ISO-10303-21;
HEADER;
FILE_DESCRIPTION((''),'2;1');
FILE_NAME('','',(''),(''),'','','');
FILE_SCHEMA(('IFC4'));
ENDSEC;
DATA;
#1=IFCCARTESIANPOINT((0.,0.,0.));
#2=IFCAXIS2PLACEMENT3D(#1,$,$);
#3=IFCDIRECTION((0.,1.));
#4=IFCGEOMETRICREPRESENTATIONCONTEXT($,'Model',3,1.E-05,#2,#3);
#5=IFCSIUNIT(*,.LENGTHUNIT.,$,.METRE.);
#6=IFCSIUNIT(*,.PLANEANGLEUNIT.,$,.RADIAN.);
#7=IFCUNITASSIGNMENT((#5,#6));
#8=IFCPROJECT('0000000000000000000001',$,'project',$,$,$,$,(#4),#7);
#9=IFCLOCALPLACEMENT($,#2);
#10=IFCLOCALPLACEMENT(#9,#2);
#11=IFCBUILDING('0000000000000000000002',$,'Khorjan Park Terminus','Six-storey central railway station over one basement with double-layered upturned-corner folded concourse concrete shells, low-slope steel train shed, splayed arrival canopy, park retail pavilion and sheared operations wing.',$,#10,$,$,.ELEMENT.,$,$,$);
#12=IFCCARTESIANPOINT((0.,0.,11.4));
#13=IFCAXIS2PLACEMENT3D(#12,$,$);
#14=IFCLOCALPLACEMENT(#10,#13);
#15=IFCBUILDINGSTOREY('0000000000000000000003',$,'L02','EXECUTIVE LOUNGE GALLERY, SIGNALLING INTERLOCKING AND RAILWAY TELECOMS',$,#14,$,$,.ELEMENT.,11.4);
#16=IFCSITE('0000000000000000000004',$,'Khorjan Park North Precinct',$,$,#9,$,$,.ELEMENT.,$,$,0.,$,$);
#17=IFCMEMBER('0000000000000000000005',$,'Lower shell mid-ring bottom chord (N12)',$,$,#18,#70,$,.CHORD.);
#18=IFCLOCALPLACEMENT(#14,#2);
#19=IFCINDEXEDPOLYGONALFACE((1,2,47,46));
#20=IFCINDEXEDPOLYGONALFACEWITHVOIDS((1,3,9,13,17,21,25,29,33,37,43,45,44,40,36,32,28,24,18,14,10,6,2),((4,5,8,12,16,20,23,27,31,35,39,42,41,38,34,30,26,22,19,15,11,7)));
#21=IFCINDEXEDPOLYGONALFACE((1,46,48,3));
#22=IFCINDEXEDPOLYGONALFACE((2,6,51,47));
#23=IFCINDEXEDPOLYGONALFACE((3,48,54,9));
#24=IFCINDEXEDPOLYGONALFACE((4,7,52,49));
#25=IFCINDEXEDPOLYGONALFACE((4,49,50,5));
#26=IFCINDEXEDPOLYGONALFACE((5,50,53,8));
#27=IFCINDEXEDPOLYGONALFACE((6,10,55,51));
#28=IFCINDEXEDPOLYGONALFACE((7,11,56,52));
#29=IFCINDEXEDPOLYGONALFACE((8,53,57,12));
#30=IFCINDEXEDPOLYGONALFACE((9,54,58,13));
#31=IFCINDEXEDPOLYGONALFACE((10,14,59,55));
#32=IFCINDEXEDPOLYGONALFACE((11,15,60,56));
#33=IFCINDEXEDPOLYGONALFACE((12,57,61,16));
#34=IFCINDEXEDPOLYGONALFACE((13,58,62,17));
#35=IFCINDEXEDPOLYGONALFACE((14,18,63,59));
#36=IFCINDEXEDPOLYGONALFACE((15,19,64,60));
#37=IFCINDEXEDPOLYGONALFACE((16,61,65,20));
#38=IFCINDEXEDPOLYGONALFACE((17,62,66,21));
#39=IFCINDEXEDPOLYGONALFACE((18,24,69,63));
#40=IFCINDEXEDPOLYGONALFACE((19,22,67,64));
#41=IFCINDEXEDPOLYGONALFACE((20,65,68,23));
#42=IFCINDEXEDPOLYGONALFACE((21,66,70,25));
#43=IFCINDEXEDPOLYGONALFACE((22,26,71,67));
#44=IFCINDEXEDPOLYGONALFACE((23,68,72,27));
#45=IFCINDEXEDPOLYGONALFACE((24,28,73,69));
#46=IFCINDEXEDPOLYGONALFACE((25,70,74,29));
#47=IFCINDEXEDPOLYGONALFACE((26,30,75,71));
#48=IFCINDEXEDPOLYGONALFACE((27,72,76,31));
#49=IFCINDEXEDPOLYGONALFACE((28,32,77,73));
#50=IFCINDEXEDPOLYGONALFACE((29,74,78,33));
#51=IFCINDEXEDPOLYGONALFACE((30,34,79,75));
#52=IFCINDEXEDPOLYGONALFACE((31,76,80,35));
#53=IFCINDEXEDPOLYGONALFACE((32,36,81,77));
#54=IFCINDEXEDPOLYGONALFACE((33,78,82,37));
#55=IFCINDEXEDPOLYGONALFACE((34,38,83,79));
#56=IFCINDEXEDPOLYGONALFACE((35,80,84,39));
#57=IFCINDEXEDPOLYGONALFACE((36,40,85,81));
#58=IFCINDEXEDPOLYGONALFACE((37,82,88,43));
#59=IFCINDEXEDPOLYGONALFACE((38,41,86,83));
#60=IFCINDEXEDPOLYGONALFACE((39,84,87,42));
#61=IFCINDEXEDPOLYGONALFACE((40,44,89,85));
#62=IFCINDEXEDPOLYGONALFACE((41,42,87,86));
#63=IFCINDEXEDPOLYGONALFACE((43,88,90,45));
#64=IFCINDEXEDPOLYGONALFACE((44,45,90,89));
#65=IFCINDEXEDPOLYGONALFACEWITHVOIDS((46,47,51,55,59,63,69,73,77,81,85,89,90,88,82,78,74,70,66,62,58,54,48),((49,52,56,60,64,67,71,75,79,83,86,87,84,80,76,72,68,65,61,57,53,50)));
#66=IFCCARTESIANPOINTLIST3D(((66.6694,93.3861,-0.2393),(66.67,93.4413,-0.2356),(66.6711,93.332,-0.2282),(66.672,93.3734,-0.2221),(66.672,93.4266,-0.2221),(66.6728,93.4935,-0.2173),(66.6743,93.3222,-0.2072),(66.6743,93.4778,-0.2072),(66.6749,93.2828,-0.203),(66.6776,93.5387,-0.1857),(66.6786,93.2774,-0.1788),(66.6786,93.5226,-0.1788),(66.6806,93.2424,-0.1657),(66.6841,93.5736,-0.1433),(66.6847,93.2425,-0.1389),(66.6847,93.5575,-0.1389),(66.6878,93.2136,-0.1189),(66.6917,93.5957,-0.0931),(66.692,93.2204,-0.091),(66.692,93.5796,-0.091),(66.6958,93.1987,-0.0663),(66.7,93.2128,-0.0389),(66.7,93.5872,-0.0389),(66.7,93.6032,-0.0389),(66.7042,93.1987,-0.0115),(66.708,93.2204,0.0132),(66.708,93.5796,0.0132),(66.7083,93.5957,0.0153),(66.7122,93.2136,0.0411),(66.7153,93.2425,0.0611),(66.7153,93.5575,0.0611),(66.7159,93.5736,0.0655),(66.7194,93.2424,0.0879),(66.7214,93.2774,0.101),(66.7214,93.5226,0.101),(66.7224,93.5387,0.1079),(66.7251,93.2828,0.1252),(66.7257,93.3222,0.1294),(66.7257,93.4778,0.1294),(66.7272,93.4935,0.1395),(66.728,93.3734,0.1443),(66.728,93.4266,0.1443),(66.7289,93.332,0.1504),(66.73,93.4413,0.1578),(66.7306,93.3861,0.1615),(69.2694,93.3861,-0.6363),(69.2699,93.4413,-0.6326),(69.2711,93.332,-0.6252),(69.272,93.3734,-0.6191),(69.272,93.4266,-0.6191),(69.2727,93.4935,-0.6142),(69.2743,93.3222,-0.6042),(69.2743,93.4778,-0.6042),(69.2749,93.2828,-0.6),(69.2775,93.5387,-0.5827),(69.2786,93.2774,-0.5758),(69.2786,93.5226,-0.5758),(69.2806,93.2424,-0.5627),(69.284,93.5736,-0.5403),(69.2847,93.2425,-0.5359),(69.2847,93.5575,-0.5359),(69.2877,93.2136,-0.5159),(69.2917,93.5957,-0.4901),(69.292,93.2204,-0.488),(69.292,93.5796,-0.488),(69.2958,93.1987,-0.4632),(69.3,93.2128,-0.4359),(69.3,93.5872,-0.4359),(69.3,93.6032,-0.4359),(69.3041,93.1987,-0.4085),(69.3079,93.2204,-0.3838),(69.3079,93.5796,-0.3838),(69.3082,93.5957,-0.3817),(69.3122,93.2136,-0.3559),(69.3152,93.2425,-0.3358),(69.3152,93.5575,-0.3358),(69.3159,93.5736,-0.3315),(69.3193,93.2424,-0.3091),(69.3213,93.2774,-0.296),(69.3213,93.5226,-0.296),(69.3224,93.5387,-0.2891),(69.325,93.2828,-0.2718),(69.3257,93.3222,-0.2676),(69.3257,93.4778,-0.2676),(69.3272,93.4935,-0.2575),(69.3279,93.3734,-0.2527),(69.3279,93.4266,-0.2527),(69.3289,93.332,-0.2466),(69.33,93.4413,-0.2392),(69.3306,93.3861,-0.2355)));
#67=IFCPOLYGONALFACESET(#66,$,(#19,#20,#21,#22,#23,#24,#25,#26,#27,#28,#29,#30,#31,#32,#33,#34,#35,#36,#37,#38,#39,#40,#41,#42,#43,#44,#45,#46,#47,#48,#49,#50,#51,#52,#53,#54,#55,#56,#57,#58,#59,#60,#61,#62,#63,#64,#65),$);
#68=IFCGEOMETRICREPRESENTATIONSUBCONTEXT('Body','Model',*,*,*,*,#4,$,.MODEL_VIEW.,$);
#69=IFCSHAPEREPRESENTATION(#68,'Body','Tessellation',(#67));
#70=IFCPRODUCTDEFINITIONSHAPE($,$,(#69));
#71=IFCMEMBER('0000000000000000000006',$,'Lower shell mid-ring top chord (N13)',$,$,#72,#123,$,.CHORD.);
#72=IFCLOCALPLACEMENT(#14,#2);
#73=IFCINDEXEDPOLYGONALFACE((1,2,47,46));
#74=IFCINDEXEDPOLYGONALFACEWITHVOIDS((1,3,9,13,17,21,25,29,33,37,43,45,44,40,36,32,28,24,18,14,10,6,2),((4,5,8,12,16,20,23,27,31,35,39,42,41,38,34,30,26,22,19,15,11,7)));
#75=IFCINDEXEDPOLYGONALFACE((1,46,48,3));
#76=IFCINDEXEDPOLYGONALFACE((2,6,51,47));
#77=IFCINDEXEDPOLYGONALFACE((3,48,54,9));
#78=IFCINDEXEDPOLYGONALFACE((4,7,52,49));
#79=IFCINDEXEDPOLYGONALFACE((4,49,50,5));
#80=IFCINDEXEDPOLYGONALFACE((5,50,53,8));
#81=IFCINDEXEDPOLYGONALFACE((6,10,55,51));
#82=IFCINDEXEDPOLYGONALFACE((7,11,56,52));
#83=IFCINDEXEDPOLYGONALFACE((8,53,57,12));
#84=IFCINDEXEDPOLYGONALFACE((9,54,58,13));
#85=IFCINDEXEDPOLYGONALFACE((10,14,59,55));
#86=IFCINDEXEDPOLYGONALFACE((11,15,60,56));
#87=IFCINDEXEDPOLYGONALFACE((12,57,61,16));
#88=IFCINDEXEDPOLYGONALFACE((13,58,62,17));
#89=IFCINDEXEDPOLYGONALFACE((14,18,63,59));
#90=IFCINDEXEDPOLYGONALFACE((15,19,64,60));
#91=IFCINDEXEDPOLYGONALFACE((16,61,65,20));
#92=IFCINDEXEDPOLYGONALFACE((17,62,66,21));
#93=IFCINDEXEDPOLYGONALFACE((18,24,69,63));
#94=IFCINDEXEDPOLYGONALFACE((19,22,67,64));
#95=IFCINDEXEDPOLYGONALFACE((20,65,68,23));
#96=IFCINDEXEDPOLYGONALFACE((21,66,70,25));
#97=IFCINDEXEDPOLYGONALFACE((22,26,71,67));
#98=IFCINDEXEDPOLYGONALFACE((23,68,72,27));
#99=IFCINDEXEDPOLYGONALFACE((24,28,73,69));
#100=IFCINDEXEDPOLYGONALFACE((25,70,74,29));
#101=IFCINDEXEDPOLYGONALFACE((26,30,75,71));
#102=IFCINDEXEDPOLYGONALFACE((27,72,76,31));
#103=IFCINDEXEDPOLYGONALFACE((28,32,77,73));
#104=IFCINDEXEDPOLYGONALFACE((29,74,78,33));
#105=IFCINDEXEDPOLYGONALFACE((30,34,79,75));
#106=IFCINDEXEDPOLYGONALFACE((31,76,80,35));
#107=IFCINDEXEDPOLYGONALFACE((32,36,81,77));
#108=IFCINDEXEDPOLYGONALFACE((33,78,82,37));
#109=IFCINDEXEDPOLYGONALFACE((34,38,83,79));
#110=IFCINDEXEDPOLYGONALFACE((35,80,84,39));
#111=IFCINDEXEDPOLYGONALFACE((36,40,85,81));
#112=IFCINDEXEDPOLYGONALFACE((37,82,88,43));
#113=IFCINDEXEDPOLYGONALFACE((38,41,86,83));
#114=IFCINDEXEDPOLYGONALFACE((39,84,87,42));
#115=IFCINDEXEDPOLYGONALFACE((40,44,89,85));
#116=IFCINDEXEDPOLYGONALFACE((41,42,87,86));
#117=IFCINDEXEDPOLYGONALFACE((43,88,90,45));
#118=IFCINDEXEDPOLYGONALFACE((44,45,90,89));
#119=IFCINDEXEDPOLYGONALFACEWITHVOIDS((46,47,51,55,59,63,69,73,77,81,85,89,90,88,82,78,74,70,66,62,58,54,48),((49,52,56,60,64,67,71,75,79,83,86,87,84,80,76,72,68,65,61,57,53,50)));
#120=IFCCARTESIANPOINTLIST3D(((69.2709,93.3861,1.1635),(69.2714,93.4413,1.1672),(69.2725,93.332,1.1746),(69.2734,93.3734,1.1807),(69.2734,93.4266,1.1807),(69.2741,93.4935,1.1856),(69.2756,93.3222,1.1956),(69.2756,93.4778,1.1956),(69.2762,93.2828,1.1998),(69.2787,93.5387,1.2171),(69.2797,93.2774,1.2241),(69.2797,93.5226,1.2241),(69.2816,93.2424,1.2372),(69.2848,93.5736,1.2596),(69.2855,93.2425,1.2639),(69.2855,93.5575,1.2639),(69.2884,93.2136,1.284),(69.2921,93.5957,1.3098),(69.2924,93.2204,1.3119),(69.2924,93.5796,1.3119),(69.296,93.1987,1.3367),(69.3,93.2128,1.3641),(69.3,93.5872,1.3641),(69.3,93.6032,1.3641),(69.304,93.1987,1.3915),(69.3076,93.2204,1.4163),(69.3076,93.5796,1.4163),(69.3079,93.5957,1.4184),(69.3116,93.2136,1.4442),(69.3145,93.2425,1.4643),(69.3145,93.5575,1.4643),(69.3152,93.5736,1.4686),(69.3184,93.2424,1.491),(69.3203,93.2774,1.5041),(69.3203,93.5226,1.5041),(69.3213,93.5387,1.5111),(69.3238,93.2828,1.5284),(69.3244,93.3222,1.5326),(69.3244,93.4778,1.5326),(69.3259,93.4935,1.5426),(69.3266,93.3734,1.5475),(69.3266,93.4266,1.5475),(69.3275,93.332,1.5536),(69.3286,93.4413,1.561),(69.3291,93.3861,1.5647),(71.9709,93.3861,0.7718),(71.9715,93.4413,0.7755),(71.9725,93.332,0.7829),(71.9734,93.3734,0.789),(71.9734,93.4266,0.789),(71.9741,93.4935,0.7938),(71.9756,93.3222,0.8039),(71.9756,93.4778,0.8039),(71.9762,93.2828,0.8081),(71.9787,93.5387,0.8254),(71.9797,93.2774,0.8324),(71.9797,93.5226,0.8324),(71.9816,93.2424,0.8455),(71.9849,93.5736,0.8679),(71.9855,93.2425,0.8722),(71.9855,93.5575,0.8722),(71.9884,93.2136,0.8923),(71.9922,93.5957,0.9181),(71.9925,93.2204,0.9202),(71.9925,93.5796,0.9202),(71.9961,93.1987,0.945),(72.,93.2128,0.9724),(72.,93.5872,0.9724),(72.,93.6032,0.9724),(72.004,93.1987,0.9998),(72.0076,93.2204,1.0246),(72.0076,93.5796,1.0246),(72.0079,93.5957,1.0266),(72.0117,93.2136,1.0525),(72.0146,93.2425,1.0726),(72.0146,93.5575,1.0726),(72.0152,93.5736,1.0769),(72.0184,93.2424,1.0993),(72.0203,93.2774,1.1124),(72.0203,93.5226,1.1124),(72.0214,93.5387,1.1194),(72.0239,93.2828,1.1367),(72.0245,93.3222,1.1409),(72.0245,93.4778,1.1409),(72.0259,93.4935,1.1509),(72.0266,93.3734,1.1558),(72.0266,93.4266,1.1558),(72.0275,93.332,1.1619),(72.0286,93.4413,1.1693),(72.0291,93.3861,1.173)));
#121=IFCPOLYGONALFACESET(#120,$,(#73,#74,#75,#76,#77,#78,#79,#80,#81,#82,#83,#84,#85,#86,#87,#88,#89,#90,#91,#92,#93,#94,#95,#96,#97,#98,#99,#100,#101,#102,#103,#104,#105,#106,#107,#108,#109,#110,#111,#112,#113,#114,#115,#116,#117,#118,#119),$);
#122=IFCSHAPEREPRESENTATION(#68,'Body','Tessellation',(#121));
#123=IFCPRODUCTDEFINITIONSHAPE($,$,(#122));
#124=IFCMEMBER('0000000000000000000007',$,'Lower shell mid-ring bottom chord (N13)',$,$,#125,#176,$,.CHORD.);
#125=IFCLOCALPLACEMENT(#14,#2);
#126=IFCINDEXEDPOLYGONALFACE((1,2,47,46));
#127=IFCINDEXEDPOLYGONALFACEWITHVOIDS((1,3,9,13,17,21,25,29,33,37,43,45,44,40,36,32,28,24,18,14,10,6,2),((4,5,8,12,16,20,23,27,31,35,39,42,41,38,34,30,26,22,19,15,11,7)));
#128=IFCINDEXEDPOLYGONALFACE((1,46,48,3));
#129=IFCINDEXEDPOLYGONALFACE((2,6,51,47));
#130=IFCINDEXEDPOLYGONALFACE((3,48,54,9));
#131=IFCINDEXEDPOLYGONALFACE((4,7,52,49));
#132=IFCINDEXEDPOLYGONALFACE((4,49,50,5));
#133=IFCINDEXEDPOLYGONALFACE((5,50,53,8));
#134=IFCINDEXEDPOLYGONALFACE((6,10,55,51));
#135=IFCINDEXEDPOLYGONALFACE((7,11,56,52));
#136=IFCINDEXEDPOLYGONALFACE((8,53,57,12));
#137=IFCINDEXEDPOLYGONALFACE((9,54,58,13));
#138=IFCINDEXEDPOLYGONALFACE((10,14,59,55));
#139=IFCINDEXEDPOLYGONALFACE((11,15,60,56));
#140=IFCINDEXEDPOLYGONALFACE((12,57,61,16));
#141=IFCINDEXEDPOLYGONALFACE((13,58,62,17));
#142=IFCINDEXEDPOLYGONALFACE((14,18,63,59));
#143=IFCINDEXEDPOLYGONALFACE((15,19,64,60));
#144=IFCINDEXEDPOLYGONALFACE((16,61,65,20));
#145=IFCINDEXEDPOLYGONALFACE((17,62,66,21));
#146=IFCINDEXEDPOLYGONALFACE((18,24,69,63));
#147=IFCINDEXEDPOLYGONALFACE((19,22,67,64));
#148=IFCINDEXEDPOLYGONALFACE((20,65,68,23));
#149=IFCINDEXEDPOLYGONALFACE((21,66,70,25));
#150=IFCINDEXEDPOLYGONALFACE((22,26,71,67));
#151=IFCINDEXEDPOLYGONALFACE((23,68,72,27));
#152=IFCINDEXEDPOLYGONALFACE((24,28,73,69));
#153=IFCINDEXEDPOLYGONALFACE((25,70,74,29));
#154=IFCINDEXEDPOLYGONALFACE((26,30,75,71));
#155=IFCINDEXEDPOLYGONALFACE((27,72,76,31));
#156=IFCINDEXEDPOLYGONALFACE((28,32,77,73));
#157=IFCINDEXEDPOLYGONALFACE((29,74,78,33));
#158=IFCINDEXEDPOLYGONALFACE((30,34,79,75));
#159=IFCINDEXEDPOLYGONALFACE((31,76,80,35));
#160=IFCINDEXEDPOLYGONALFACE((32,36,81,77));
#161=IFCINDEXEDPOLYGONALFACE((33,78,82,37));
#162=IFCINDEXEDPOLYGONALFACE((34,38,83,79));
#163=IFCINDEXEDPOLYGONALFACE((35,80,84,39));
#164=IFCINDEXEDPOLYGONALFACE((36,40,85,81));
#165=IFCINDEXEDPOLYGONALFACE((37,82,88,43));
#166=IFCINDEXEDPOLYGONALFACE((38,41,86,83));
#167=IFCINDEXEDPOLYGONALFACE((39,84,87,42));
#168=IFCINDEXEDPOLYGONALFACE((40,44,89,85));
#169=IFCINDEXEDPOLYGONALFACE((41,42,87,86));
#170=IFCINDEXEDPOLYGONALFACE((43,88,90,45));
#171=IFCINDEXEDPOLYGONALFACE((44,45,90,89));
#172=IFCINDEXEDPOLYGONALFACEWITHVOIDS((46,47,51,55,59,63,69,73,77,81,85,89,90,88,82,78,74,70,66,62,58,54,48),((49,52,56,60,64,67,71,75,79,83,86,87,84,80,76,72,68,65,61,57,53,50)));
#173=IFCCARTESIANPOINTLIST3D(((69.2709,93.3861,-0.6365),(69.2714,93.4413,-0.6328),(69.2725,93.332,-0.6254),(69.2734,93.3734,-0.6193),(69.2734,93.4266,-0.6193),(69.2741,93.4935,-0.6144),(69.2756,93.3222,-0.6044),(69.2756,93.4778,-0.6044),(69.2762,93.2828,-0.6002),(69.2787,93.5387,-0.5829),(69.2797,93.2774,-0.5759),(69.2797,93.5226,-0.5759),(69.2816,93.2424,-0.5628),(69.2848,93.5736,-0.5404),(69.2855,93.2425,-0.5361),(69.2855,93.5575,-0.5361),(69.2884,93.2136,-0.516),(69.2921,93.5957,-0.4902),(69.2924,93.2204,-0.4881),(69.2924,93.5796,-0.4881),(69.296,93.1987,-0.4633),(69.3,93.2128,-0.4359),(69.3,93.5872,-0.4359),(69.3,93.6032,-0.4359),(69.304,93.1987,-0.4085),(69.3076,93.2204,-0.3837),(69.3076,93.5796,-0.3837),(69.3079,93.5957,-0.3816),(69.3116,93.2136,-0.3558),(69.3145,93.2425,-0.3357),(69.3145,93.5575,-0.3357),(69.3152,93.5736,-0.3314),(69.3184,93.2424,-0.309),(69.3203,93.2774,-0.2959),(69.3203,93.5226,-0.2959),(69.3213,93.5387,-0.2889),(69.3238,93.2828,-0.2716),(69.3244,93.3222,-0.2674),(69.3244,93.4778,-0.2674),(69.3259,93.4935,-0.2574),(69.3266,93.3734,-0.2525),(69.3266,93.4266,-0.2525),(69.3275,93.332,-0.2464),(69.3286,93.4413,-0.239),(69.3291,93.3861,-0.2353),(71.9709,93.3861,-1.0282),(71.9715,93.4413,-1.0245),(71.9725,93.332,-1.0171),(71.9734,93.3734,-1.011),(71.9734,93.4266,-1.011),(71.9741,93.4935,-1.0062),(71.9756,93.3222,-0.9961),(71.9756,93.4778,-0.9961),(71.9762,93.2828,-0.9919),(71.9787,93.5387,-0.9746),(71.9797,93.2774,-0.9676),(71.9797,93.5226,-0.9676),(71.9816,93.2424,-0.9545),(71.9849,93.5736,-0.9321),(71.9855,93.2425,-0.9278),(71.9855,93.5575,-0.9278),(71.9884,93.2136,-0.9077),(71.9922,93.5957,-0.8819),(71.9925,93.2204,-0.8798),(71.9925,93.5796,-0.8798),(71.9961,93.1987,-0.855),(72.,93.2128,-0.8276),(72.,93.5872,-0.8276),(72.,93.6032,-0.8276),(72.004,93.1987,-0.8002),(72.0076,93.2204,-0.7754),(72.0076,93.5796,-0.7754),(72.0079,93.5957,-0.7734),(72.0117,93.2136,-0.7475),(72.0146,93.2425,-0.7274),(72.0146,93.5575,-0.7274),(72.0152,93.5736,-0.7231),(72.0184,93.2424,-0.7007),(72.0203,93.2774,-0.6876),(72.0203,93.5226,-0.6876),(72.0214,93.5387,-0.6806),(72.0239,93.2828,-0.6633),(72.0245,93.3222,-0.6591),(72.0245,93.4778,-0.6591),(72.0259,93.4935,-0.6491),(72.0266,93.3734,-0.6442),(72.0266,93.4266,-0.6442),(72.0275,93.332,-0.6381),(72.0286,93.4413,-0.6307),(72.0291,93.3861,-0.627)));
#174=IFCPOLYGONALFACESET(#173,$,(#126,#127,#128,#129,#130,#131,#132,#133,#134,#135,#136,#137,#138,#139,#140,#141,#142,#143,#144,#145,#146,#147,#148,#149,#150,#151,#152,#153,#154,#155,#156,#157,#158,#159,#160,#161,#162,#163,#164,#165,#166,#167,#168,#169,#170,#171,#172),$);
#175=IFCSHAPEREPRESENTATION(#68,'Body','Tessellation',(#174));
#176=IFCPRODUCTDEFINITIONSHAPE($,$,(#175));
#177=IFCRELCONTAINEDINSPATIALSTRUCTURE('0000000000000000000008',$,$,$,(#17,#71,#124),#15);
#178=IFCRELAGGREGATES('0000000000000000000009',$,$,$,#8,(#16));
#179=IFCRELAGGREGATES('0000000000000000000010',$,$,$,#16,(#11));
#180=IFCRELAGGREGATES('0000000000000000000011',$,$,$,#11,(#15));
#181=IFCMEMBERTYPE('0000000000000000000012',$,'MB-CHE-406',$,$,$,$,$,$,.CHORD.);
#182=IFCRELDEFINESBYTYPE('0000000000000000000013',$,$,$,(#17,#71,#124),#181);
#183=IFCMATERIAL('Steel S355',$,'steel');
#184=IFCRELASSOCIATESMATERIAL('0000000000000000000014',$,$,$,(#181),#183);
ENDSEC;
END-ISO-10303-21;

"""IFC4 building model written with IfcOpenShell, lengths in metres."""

from ifc_helpers import new_model, si_unit, direction, frame, origin, origin_2d, place, context, subcontext, project, spatial, hollow_circle, extrude, material, material_profile, profile_set, type_object, element, save


model = new_model("IFC4")

# Units and contexts
model_context = context("Model", 3, precision=1e-05, world=origin(), true_north=direction((0.0, 1.0)))
body_context = subcontext(model_context, "Body", "Model", "MODEL_VIEW")
ifc_project = project(units=[si_unit("LENGTHUNIT", "METRE"), si_unit("PLANEANGLEUNIT", "RADIAN")], contexts=[model_context])

# Site, building, storey
site_placement = place(None, origin())
site = spatial("IfcSite", under=ifc_project, at=site_placement, Name="Khorjan Park North Precinct", CompositionType="ELEMENT", RefElevation=0.0)
building_placement = place(site_placement, origin())
building = spatial("IfcBuilding", under=site, at=building_placement, Name="Khorjan Park Terminus", Description="Six-storey central railway station over one basement with double-layered upturned-corner folded concourse concrete shells, low-slope steel train shed, splayed arrival canopy, park retail pavilion and sheared operations wing.", CompositionType="ELEMENT")
storey_placement = place(building_placement, frame((0.0, 0.0, 11.4)))
storey = spatial("IfcBuildingStorey", under=building, at=storey_placement, Name="L02", Description="EXECUTIVE LOUNGE GALLERY, SIGNALLING INTERLOCKING AND RAILWAY TELECOMS", CompositionType="ELEMENT", Elevation=11.4)

# Members
ifc_material_1 = material(Name="Steel S355", Category="steel")
ifc_material_profile_1 = material_profile(ifc_material_1, hollow_circle(Radius=0.2032, WallThickness=0.016, at=origin_2d()), Name="CHS 406.4x16")
ifc_profile_set_1 = profile_set([ifc_material_profile_1], Name="Steel S355")
member_type_1 = type_object("IfcMemberType", Name="MB-CHE-406", PredefinedType="CHORD", material=ifc_profile_set_1)
for number, where, z_axis, x_axis, name in (
    (1, (66.7, 93.4, -0.0389), (0.988542, 0.0, -0.150943), (0.0, 1.0, 0.0), "Lower shell mid-ring bottom chord (N12)"),
):
    element("IfcMember", number, at=place(storey_placement, frame(where, z_axis=z_axis, x_axis=x_axis)), inside=storey, type_object=member_type_1, Name=name, PredefinedType="CHORD", context=body_context, shape_type="SweptSolid", body=[
        extrude(hollow_circle(Radius=0.2032, WallThickness=0.016, at=origin_2d()), origin(), (0.0, 0.0, 1.0), 2.6301),
    ])
for number, where, z_axis, x_axis, name in (
    (2, (69.3, 93.4, 1.3641), (0.98964, 0.0, -0.143571), (0.0, 1.0, 0.0), "Lower shell mid-ring top chord (N13)"),
    (3, (69.3, 93.4, -0.4359), (0.98964, 0.0, -0.143571), (0.0, 1.0, 0.0), "Lower shell mid-ring bottom chord (N13)"),
):
    element("IfcMember", number, at=place(storey_placement, frame(where, z_axis=z_axis, x_axis=x_axis)), inside=storey, type_object=member_type_1, Name=name, PredefinedType="CHORD", context=body_context, shape_type="SweptSolid", body=[
        extrude(hollow_circle(Radius=0.2032, WallThickness=0.016, at=origin_2d()), origin(), (0.0, 0.0, 1.0), 2.7283),
    ])

save(model, "model.ifc")
